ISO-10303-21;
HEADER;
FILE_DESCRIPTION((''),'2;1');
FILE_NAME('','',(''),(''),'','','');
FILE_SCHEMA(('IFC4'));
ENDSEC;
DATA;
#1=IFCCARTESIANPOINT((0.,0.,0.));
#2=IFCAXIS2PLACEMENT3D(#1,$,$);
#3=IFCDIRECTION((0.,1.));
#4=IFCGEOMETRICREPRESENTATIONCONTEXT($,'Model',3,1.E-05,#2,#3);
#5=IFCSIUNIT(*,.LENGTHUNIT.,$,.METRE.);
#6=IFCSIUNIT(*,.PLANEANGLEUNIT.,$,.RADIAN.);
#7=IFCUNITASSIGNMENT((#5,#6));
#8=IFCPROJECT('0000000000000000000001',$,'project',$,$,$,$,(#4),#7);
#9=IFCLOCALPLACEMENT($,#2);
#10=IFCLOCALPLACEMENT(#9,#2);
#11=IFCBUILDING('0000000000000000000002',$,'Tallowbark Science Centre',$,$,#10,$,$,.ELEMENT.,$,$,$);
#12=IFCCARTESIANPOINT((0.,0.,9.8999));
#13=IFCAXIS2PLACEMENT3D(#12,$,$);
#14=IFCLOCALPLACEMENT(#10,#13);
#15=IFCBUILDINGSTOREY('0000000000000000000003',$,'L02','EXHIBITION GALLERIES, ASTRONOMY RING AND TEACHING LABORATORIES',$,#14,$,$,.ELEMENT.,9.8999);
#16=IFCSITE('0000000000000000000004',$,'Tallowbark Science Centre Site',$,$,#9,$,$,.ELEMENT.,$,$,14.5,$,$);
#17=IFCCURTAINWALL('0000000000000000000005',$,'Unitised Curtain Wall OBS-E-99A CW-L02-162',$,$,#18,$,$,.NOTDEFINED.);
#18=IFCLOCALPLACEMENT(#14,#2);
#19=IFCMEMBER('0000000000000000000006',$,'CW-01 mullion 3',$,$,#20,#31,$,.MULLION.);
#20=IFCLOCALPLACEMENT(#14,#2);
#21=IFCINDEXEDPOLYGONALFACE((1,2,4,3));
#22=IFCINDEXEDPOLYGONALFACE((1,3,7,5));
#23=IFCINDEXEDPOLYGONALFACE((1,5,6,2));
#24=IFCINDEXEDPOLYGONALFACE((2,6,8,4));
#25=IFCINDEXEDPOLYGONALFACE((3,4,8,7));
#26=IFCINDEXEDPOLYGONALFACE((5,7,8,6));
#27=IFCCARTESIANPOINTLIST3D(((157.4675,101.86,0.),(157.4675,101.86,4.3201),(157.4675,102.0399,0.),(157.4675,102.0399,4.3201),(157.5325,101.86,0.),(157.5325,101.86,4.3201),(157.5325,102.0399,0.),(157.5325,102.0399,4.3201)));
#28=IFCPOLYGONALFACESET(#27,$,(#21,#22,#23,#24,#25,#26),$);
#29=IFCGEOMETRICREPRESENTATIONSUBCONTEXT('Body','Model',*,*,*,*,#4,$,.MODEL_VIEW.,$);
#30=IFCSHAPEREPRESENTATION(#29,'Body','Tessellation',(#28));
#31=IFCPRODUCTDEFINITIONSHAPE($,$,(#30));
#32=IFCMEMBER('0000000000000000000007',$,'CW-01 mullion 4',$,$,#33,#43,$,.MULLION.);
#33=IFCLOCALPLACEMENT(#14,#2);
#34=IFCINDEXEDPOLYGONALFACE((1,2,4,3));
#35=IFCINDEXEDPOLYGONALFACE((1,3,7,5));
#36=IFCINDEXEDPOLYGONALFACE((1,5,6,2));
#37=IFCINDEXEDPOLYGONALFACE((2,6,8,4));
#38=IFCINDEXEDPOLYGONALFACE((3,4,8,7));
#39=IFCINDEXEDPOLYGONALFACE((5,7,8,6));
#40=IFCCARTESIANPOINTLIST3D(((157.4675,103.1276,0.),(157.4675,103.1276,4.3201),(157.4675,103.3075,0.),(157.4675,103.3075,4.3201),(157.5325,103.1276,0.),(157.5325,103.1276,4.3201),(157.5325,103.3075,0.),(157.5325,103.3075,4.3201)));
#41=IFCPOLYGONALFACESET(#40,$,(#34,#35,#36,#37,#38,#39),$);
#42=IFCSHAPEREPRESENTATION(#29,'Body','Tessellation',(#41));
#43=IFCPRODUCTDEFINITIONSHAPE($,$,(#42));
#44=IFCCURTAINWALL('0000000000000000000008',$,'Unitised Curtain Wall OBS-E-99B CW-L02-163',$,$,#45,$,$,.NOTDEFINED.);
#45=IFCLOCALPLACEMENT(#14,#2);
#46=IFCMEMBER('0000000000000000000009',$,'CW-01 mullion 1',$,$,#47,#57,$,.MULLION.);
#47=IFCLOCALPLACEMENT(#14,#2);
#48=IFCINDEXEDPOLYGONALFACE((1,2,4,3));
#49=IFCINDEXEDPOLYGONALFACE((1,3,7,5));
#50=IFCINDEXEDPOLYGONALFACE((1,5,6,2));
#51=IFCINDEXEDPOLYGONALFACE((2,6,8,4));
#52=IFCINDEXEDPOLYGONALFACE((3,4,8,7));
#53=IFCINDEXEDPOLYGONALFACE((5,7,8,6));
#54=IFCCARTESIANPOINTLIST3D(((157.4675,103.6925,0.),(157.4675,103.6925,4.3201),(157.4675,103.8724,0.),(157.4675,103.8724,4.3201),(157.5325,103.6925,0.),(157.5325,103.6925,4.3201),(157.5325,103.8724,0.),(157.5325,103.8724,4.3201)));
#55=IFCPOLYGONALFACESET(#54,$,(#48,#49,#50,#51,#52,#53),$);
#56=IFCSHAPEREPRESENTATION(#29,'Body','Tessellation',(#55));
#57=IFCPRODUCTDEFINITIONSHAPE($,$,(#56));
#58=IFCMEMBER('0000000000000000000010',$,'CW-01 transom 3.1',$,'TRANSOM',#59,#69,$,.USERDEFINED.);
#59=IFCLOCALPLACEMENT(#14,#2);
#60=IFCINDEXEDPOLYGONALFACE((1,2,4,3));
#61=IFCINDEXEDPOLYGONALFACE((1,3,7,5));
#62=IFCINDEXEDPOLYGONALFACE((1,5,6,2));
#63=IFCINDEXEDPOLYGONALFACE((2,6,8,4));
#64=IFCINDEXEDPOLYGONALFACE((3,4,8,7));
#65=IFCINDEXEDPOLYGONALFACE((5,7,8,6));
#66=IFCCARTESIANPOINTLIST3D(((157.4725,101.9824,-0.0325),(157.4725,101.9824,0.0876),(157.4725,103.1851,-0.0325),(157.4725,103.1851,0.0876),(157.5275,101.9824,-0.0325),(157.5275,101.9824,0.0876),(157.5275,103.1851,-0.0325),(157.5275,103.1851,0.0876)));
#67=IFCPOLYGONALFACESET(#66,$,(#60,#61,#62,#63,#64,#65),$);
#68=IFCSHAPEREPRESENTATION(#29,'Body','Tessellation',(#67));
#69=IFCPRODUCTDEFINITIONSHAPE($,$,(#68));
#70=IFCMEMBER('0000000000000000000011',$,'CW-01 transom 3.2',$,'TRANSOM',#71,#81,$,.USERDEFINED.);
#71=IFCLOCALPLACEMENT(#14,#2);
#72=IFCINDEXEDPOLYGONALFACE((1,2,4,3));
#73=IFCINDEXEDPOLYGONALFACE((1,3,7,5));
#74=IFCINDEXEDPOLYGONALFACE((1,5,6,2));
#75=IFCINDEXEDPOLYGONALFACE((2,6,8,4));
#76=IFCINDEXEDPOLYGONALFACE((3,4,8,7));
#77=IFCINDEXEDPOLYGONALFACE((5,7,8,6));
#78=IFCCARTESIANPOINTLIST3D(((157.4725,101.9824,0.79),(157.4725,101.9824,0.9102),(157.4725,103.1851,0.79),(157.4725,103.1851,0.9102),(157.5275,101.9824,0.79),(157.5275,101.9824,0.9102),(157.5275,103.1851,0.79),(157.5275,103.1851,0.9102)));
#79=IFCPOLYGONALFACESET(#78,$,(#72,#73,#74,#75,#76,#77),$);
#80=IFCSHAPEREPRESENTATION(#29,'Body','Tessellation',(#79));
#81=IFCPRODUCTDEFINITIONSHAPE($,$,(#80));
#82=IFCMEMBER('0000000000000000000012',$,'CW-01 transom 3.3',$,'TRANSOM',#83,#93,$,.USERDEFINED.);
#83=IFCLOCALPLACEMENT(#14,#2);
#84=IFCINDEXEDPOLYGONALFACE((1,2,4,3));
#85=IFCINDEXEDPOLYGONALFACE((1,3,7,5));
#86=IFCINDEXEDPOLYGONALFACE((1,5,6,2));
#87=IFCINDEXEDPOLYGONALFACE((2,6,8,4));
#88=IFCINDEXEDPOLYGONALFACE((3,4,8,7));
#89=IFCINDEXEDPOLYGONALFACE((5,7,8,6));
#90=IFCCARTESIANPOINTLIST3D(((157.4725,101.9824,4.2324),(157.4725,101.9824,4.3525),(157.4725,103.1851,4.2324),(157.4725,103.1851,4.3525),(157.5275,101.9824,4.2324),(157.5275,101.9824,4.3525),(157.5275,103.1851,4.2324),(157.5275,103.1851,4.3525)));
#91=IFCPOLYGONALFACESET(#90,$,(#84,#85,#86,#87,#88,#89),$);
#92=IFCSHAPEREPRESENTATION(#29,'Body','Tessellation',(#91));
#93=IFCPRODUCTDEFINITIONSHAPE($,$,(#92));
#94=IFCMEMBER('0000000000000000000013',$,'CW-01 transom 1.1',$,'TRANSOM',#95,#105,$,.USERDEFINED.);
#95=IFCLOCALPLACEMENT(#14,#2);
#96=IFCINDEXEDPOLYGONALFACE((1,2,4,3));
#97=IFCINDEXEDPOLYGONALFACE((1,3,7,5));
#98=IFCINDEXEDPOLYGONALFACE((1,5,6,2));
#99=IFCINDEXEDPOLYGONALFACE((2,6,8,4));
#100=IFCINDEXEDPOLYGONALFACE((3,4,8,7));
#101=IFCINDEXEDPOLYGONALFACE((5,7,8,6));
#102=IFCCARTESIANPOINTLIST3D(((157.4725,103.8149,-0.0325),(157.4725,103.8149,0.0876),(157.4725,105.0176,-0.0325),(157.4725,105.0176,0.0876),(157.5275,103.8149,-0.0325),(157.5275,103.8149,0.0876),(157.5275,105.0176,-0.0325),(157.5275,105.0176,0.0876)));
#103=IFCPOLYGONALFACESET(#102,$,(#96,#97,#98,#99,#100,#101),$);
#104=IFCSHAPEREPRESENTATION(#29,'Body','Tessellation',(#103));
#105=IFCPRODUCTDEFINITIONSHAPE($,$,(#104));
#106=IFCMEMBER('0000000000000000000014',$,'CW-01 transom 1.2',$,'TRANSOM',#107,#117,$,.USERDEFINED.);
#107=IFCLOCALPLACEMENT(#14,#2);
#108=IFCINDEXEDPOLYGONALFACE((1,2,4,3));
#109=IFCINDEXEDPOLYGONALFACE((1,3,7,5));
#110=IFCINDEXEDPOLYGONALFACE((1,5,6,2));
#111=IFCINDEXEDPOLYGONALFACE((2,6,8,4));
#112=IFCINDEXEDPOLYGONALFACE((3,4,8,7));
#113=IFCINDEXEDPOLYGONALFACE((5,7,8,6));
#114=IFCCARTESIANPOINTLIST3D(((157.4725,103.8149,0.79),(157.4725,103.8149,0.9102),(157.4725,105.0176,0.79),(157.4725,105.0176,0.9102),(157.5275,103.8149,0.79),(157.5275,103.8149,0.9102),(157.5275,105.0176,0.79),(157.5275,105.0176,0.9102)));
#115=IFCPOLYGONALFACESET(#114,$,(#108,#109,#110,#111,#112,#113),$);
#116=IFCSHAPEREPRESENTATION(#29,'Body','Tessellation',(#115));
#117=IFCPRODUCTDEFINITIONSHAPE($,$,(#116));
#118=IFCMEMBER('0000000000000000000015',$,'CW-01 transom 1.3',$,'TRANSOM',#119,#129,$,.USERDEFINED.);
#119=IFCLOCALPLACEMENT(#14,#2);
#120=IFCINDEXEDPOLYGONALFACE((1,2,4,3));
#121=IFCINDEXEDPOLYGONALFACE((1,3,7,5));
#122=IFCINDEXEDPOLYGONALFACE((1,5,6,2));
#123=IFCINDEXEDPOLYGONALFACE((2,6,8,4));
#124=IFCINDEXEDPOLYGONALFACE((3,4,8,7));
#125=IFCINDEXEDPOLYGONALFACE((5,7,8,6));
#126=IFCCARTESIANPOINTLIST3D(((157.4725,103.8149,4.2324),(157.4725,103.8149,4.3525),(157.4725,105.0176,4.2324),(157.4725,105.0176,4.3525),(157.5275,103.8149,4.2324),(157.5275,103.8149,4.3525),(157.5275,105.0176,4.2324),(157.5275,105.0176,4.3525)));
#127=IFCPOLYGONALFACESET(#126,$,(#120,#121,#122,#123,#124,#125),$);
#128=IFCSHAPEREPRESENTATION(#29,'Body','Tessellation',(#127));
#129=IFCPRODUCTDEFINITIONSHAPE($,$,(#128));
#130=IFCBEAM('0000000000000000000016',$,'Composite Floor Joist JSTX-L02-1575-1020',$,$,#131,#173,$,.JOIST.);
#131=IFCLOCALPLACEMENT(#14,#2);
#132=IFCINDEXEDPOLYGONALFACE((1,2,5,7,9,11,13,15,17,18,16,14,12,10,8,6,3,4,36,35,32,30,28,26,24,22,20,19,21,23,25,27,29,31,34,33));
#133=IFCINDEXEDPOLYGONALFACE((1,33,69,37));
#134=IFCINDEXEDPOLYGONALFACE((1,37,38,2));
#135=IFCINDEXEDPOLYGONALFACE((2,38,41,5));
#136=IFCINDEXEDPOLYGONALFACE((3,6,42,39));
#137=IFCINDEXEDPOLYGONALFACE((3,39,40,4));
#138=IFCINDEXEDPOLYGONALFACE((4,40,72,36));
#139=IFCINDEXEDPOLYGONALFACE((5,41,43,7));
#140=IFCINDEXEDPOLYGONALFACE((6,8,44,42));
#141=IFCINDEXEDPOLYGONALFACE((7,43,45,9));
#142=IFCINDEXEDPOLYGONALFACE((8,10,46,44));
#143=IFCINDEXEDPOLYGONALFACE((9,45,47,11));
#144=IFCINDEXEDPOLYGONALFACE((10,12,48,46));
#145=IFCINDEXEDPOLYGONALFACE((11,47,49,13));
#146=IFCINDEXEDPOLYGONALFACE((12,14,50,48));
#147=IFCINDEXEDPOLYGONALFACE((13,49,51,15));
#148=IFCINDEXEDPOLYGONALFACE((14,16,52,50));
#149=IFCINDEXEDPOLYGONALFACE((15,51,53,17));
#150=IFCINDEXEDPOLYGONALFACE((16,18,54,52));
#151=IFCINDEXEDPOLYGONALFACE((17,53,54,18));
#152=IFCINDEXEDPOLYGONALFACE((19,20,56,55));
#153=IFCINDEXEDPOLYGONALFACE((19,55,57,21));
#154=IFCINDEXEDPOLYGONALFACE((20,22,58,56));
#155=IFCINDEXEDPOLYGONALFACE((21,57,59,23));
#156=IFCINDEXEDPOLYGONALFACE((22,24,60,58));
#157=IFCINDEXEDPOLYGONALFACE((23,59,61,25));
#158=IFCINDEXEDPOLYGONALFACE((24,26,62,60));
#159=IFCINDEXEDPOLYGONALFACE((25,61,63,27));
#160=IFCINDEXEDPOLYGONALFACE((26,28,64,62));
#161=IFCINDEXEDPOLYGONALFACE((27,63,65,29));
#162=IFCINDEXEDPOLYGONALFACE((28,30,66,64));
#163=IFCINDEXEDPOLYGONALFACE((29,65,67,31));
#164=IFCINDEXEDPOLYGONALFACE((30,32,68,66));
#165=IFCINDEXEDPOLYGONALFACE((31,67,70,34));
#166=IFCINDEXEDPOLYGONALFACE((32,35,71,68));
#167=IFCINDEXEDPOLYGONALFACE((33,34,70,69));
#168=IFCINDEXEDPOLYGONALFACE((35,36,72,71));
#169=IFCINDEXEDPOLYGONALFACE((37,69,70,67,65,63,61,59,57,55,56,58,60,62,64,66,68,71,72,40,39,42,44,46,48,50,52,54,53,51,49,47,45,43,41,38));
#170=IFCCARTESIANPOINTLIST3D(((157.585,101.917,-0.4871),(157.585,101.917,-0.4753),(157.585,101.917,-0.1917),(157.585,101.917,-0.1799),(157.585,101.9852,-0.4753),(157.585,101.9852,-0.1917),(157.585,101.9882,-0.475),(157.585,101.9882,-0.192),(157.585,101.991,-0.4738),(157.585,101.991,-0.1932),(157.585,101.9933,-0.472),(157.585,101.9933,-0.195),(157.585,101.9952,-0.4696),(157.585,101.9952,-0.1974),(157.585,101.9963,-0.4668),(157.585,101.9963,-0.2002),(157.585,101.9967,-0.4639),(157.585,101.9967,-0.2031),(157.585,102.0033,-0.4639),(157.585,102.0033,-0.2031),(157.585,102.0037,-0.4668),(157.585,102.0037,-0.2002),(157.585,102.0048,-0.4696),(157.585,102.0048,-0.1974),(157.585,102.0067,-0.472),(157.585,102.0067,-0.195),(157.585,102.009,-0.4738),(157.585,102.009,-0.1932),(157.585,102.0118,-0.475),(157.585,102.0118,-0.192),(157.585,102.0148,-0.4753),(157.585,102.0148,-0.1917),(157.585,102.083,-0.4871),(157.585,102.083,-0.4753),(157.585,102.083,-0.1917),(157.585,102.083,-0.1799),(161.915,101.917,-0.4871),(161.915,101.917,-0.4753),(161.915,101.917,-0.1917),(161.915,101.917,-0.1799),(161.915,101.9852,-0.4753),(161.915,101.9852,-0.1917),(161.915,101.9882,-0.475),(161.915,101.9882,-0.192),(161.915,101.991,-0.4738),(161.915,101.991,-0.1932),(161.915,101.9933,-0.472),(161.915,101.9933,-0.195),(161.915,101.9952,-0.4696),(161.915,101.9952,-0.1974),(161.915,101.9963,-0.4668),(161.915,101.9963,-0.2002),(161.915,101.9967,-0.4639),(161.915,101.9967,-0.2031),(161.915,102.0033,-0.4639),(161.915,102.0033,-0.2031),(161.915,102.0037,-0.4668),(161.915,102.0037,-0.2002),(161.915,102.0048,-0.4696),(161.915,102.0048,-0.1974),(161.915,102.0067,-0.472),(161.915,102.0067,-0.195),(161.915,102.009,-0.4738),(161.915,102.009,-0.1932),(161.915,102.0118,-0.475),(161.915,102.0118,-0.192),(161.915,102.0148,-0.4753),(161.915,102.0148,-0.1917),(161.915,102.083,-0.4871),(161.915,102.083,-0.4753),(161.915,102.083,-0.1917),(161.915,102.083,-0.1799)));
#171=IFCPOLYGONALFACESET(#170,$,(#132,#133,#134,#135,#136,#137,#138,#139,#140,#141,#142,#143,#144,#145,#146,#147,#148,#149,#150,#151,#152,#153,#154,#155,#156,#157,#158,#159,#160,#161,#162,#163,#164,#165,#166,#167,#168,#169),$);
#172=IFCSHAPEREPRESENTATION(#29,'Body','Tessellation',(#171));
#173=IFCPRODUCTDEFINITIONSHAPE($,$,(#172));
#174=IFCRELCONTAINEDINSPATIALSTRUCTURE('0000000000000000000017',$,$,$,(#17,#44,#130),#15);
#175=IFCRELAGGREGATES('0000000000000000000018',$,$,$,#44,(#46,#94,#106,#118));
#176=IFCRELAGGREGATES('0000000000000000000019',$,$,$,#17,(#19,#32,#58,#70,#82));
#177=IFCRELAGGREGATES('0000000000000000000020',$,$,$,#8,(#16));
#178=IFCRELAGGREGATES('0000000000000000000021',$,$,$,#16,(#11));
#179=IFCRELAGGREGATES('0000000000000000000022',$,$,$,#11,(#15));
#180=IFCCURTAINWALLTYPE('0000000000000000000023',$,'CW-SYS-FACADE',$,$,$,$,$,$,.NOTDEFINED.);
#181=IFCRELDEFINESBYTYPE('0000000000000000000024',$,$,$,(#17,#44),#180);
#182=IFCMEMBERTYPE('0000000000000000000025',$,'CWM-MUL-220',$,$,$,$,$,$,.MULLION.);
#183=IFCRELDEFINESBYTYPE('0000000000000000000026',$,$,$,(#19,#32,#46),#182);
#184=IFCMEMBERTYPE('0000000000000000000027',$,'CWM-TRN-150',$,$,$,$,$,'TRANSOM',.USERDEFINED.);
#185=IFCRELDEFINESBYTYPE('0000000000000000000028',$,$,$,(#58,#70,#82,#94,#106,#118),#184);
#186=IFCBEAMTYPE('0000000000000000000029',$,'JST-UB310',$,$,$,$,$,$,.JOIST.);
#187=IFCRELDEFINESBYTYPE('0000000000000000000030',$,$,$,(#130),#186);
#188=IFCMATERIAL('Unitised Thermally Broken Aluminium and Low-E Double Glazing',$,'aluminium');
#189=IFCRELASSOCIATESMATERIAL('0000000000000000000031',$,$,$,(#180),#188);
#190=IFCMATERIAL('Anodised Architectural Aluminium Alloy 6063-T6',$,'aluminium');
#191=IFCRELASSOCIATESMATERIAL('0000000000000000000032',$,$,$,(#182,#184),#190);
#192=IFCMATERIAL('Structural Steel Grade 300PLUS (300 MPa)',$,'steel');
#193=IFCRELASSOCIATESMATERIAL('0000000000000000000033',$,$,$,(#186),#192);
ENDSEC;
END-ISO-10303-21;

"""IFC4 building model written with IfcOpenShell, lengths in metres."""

from ifc_helpers import new_model, si_unit, direction, frame, origin, origin_2d, place, context, subcontext, project, spatial, rectangle, i_section, extrude, material, material_profile, profile_set, type_object, element, aggregate, save


model = new_model("IFC4")

# Units and contexts
model_context = context("Model", 3, precision=1e-05, world=origin(), true_north=direction((0.0, 1.0)))
body_context = subcontext(model_context, "Body", "Model", "MODEL_VIEW")
ifc_project = project(units=[si_unit("LENGTHUNIT", "METRE"), si_unit("PLANEANGLEUNIT", "RADIAN")], contexts=[model_context])

# Site, building, storey
site_placement = place(None, origin())
site = spatial("IfcSite", under=ifc_project, at=site_placement, Name="Tallowbark Science Centre Site", CompositionType="ELEMENT", RefElevation=14.5)
building_placement = place(site_placement, origin())
building = spatial("IfcBuilding", under=site, at=building_placement, Name="Tallowbark Science Centre", CompositionType="ELEMENT")
storey_placement = place(building_placement, frame((0.0, 0.0, 9.8999)))
storey = spatial("IfcBuildingStorey", under=building, at=storey_placement, Name="L02", Description="EXHIBITION GALLERIES, ASTRONOMY RING AND TEACHING LABORATORIES", CompositionType="ELEMENT", Elevation=9.8999)

# Curtain wall, members
ifc_material_1 = material(Name="Unitised Thermally Broken Aluminium and Low-E Double Glazing", Category="aluminium")
curtain_wall_type = type_object("IfcCurtainWallType", Name="CW-SYS-FACADE", PredefinedType="NOTDEFINED", material=ifc_material_1)
curtain_wall_1_placement = place(storey_placement, origin())
curtain_wall_1 = element("IfcCurtainWall", 1, at=curtain_wall_1_placement, inside=storey, type_object=curtain_wall_type, Name="Unitised Curtain Wall OBS-E-99A CW-L02-162", PredefinedType="NOTDEFINED")
ifc_material_2 = material(Name="Anodised Architectural Aluminium Alloy 6063-T6", Category="aluminium")
ifc_material_profile_1 = material_profile(ifc_material_2, rectangle(XDim=0.0649, YDim=0.1799, at=origin_2d()), Name="ALU65x180")
ifc_profile_set_1 = profile_set([ifc_material_profile_1], Name="Anodised Architectural Aluminium Alloy 6063-T6")
member_type_1 = type_object("IfcMemberType", Name="CWM-MUL-220", PredefinedType="MULLION", material=ifc_profile_set_1)
member_1_placement = place(storey_placement, frame((157.5, 101.95, 0.0), z_axis=(0.0, 0.0, 1.0), x_axis=(-1.0, 0.0, 0.0)))
member_1 = element("IfcMember", 2, at=member_1_placement, type_object=member_type_1, Name="CW-01 mullion 3", PredefinedType="MULLION", context=body_context, shape_type="SweptSolid", body=[
    extrude(rectangle(XDim=0.0649, YDim=0.1799, at=origin_2d()), origin(), (0.0, 0.0, 1.0), 4.3201),
])
member_2_placement = place(storey_placement, frame((157.5, 103.2175, 0.0), z_axis=(0.0, 0.0, 1.0), x_axis=(-1.0, 0.0, 0.0)))
member_2 = element("IfcMember", 3, at=member_2_placement, type_object=member_type_1, Name="CW-01 mullion 4", PredefinedType="MULLION", context=body_context, shape_type="SweptSolid", body=[
    extrude(rectangle(XDim=0.0649, YDim=0.1799, at=origin_2d()), origin(), (0.0, 0.0, 1.0), 4.3201),
])

# Curtain wall, member
curtain_wall_2_placement = place(storey_placement, origin())
curtain_wall_2 = element("IfcCurtainWall", 4, at=curtain_wall_2_placement, inside=storey, type_object=curtain_wall_type, Name="Unitised Curtain Wall OBS-E-99B CW-L02-163", PredefinedType="NOTDEFINED")
member_3_placement = place(storey_placement, frame((157.5, 103.7825, 0.0), z_axis=(0.0, 0.0, 1.0), x_axis=(-1.0, 0.0, 0.0)))
member_3 = element("IfcMember", 5, at=member_3_placement, type_object=member_type_1, Name="CW-01 mullion 1", PredefinedType="MULLION", context=body_context, shape_type="SweptSolid", body=[
    extrude(rectangle(XDim=0.0649, YDim=0.1799, at=origin_2d()), origin(), (0.0, 0.0, 1.0), 4.3201),
])

# Members
ifc_material_profile_2 = material_profile(ifc_material_2, rectangle(XDim=0.0549, YDim=0.1201, at=origin_2d()), Name="ALU55x120")
ifc_profile_set_2 = profile_set([ifc_material_profile_2], Name="Anodised Architectural Aluminium Alloy 6063-T6")
member_type_2 = type_object("IfcMemberType", Name="CWM-TRN-150", ElementType="TRANSOM", PredefinedType="USERDEFINED", material=ifc_profile_set_2)
member_4_placement = place(storey_placement, frame((157.5, 101.9824, 0.0276), z_axis=(0.0, 1.0, 0.0), x_axis=(-1.0, 0.0, 0.0)))
member_4 = element("IfcMember", 6, at=member_4_placement, type_object=member_type_2, Name="CW-01 transom 3.1", ObjectType="TRANSOM", PredefinedType="USERDEFINED", context=body_context, shape_type="SweptSolid", body=[
    extrude(rectangle(XDim=0.0549, YDim=0.1201, at=origin_2d()), origin(), (0.0, 0.0, 1.0), 1.2026),
])
member_5_placement = place(storey_placement, frame((157.5, 101.9824, 0.8501), z_axis=(0.0, 1.0, 0.0), x_axis=(-1.0, 0.0, 0.0)))
member_5 = element("IfcMember", 7, at=member_5_placement, type_object=member_type_2, Name="CW-01 transom 3.2", ObjectType="TRANSOM", PredefinedType="USERDEFINED", context=body_context, shape_type="SweptSolid", body=[
    extrude(rectangle(XDim=0.0549, YDim=0.1201, at=origin_2d()), origin(), (0.0, 0.0, 1.0), 1.2026),
])
member_6_placement = place(storey_placement, frame((157.5, 101.9824, 4.2925), z_axis=(0.0, 1.0, 0.0), x_axis=(-1.0, 0.0, 0.0)))
member_6 = element("IfcMember", 8, at=member_6_placement, type_object=member_type_2, Name="CW-01 transom 3.3", ObjectType="TRANSOM", PredefinedType="USERDEFINED", context=body_context, shape_type="SweptSolid", body=[
    extrude(rectangle(XDim=0.0549, YDim=0.1201, at=origin_2d()), origin(), (0.0, 0.0, 1.0), 1.2026),
])
member_7_placement = place(storey_placement, frame((157.5, 103.8149, 0.0276), z_axis=(0.0, 1.0, 0.0), x_axis=(-1.0, 0.0, 0.0)))
member_7 = element("IfcMember", 9, at=member_7_placement, type_object=member_type_2, Name="CW-01 transom 1.1", ObjectType="TRANSOM", PredefinedType="USERDEFINED", context=body_context, shape_type="SweptSolid", body=[
    extrude(rectangle(XDim=0.0549, YDim=0.1201, at=origin_2d()), origin(), (0.0, 0.0, 1.0), 1.2026),
])
member_8_placement = place(storey_placement, frame((157.5, 103.8149, 0.8501), z_axis=(0.0, 1.0, 0.0), x_axis=(-1.0, 0.0, 0.0)))
member_8 = element("IfcMember", 10, at=member_8_placement, type_object=member_type_2, Name="CW-01 transom 1.2", ObjectType="TRANSOM", PredefinedType="USERDEFINED", context=body_context, shape_type="SweptSolid", body=[
    extrude(rectangle(XDim=0.0549, YDim=0.1201, at=origin_2d()), origin(), (0.0, 0.0, 1.0), 1.2026),
])
member_9_placement = place(storey_placement, frame((157.5, 103.8149, 4.2925), z_axis=(0.0, 1.0, 0.0), x_axis=(-1.0, 0.0, 0.0)))
member_9 = element("IfcMember", 11, at=member_9_placement, type_object=member_type_2, Name="CW-01 transom 1.3", ObjectType="TRANSOM", PredefinedType="USERDEFINED", context=body_context, shape_type="SweptSolid", body=[
    extrude(rectangle(XDim=0.0549, YDim=0.1201, at=origin_2d()), origin(), (0.0, 0.0, 1.0), 1.2026),
])

# Beam
ifc_material_3 = material(Name="Structural Steel Grade 300PLUS (300 MPa)", Category="steel")
ifc_material_profile_3 = material_profile(ifc_material_3, i_section(OverallWidth=0.166, OverallDepth=0.3071, WebThickness=0.0066, FlangeThickness=0.0117, FilletRadius=0.0115, at=origin_2d()), Name="310UB46.2")
ifc_profile_set_3 = profile_set([ifc_material_profile_3], Name="Structural Steel Grade 300PLUS (300 MPa)")
beam_type_1 = type_object("IfcBeamType", Name="JST-UB310", PredefinedType="JOIST", material=ifc_profile_set_3)
for number, where, z_axis, x_axis, name in (
    (12, (157.585, 102.0, -0.3335), (1.0, 0.0, 0.0), (0.0, 1.0, 0.0), "Composite Floor Joist JSTX-L02-1575-1020"),
):
    element("IfcBeam", number, at=place(storey_placement, frame(where, z_axis=z_axis, x_axis=x_axis)), inside=storey, type_object=beam_type_1, Name=name, PredefinedType="JOIST", context=body_context, shape_type="SweptSolid", body=[
        extrude(i_section(OverallWidth=0.166, OverallDepth=0.3071, WebThickness=0.0066, FlangeThickness=0.0117, FilletRadius=0.0115, at=origin_2d()), origin(), (0.0, 0.0, 1.0), 4.3301),
    ])

aggregate(curtain_wall_2, [member_3, member_7, member_8, member_9])
aggregate(curtain_wall_1, [member_1, member_2, member_4, member_5, member_6])

save(model, "model.ifc")
